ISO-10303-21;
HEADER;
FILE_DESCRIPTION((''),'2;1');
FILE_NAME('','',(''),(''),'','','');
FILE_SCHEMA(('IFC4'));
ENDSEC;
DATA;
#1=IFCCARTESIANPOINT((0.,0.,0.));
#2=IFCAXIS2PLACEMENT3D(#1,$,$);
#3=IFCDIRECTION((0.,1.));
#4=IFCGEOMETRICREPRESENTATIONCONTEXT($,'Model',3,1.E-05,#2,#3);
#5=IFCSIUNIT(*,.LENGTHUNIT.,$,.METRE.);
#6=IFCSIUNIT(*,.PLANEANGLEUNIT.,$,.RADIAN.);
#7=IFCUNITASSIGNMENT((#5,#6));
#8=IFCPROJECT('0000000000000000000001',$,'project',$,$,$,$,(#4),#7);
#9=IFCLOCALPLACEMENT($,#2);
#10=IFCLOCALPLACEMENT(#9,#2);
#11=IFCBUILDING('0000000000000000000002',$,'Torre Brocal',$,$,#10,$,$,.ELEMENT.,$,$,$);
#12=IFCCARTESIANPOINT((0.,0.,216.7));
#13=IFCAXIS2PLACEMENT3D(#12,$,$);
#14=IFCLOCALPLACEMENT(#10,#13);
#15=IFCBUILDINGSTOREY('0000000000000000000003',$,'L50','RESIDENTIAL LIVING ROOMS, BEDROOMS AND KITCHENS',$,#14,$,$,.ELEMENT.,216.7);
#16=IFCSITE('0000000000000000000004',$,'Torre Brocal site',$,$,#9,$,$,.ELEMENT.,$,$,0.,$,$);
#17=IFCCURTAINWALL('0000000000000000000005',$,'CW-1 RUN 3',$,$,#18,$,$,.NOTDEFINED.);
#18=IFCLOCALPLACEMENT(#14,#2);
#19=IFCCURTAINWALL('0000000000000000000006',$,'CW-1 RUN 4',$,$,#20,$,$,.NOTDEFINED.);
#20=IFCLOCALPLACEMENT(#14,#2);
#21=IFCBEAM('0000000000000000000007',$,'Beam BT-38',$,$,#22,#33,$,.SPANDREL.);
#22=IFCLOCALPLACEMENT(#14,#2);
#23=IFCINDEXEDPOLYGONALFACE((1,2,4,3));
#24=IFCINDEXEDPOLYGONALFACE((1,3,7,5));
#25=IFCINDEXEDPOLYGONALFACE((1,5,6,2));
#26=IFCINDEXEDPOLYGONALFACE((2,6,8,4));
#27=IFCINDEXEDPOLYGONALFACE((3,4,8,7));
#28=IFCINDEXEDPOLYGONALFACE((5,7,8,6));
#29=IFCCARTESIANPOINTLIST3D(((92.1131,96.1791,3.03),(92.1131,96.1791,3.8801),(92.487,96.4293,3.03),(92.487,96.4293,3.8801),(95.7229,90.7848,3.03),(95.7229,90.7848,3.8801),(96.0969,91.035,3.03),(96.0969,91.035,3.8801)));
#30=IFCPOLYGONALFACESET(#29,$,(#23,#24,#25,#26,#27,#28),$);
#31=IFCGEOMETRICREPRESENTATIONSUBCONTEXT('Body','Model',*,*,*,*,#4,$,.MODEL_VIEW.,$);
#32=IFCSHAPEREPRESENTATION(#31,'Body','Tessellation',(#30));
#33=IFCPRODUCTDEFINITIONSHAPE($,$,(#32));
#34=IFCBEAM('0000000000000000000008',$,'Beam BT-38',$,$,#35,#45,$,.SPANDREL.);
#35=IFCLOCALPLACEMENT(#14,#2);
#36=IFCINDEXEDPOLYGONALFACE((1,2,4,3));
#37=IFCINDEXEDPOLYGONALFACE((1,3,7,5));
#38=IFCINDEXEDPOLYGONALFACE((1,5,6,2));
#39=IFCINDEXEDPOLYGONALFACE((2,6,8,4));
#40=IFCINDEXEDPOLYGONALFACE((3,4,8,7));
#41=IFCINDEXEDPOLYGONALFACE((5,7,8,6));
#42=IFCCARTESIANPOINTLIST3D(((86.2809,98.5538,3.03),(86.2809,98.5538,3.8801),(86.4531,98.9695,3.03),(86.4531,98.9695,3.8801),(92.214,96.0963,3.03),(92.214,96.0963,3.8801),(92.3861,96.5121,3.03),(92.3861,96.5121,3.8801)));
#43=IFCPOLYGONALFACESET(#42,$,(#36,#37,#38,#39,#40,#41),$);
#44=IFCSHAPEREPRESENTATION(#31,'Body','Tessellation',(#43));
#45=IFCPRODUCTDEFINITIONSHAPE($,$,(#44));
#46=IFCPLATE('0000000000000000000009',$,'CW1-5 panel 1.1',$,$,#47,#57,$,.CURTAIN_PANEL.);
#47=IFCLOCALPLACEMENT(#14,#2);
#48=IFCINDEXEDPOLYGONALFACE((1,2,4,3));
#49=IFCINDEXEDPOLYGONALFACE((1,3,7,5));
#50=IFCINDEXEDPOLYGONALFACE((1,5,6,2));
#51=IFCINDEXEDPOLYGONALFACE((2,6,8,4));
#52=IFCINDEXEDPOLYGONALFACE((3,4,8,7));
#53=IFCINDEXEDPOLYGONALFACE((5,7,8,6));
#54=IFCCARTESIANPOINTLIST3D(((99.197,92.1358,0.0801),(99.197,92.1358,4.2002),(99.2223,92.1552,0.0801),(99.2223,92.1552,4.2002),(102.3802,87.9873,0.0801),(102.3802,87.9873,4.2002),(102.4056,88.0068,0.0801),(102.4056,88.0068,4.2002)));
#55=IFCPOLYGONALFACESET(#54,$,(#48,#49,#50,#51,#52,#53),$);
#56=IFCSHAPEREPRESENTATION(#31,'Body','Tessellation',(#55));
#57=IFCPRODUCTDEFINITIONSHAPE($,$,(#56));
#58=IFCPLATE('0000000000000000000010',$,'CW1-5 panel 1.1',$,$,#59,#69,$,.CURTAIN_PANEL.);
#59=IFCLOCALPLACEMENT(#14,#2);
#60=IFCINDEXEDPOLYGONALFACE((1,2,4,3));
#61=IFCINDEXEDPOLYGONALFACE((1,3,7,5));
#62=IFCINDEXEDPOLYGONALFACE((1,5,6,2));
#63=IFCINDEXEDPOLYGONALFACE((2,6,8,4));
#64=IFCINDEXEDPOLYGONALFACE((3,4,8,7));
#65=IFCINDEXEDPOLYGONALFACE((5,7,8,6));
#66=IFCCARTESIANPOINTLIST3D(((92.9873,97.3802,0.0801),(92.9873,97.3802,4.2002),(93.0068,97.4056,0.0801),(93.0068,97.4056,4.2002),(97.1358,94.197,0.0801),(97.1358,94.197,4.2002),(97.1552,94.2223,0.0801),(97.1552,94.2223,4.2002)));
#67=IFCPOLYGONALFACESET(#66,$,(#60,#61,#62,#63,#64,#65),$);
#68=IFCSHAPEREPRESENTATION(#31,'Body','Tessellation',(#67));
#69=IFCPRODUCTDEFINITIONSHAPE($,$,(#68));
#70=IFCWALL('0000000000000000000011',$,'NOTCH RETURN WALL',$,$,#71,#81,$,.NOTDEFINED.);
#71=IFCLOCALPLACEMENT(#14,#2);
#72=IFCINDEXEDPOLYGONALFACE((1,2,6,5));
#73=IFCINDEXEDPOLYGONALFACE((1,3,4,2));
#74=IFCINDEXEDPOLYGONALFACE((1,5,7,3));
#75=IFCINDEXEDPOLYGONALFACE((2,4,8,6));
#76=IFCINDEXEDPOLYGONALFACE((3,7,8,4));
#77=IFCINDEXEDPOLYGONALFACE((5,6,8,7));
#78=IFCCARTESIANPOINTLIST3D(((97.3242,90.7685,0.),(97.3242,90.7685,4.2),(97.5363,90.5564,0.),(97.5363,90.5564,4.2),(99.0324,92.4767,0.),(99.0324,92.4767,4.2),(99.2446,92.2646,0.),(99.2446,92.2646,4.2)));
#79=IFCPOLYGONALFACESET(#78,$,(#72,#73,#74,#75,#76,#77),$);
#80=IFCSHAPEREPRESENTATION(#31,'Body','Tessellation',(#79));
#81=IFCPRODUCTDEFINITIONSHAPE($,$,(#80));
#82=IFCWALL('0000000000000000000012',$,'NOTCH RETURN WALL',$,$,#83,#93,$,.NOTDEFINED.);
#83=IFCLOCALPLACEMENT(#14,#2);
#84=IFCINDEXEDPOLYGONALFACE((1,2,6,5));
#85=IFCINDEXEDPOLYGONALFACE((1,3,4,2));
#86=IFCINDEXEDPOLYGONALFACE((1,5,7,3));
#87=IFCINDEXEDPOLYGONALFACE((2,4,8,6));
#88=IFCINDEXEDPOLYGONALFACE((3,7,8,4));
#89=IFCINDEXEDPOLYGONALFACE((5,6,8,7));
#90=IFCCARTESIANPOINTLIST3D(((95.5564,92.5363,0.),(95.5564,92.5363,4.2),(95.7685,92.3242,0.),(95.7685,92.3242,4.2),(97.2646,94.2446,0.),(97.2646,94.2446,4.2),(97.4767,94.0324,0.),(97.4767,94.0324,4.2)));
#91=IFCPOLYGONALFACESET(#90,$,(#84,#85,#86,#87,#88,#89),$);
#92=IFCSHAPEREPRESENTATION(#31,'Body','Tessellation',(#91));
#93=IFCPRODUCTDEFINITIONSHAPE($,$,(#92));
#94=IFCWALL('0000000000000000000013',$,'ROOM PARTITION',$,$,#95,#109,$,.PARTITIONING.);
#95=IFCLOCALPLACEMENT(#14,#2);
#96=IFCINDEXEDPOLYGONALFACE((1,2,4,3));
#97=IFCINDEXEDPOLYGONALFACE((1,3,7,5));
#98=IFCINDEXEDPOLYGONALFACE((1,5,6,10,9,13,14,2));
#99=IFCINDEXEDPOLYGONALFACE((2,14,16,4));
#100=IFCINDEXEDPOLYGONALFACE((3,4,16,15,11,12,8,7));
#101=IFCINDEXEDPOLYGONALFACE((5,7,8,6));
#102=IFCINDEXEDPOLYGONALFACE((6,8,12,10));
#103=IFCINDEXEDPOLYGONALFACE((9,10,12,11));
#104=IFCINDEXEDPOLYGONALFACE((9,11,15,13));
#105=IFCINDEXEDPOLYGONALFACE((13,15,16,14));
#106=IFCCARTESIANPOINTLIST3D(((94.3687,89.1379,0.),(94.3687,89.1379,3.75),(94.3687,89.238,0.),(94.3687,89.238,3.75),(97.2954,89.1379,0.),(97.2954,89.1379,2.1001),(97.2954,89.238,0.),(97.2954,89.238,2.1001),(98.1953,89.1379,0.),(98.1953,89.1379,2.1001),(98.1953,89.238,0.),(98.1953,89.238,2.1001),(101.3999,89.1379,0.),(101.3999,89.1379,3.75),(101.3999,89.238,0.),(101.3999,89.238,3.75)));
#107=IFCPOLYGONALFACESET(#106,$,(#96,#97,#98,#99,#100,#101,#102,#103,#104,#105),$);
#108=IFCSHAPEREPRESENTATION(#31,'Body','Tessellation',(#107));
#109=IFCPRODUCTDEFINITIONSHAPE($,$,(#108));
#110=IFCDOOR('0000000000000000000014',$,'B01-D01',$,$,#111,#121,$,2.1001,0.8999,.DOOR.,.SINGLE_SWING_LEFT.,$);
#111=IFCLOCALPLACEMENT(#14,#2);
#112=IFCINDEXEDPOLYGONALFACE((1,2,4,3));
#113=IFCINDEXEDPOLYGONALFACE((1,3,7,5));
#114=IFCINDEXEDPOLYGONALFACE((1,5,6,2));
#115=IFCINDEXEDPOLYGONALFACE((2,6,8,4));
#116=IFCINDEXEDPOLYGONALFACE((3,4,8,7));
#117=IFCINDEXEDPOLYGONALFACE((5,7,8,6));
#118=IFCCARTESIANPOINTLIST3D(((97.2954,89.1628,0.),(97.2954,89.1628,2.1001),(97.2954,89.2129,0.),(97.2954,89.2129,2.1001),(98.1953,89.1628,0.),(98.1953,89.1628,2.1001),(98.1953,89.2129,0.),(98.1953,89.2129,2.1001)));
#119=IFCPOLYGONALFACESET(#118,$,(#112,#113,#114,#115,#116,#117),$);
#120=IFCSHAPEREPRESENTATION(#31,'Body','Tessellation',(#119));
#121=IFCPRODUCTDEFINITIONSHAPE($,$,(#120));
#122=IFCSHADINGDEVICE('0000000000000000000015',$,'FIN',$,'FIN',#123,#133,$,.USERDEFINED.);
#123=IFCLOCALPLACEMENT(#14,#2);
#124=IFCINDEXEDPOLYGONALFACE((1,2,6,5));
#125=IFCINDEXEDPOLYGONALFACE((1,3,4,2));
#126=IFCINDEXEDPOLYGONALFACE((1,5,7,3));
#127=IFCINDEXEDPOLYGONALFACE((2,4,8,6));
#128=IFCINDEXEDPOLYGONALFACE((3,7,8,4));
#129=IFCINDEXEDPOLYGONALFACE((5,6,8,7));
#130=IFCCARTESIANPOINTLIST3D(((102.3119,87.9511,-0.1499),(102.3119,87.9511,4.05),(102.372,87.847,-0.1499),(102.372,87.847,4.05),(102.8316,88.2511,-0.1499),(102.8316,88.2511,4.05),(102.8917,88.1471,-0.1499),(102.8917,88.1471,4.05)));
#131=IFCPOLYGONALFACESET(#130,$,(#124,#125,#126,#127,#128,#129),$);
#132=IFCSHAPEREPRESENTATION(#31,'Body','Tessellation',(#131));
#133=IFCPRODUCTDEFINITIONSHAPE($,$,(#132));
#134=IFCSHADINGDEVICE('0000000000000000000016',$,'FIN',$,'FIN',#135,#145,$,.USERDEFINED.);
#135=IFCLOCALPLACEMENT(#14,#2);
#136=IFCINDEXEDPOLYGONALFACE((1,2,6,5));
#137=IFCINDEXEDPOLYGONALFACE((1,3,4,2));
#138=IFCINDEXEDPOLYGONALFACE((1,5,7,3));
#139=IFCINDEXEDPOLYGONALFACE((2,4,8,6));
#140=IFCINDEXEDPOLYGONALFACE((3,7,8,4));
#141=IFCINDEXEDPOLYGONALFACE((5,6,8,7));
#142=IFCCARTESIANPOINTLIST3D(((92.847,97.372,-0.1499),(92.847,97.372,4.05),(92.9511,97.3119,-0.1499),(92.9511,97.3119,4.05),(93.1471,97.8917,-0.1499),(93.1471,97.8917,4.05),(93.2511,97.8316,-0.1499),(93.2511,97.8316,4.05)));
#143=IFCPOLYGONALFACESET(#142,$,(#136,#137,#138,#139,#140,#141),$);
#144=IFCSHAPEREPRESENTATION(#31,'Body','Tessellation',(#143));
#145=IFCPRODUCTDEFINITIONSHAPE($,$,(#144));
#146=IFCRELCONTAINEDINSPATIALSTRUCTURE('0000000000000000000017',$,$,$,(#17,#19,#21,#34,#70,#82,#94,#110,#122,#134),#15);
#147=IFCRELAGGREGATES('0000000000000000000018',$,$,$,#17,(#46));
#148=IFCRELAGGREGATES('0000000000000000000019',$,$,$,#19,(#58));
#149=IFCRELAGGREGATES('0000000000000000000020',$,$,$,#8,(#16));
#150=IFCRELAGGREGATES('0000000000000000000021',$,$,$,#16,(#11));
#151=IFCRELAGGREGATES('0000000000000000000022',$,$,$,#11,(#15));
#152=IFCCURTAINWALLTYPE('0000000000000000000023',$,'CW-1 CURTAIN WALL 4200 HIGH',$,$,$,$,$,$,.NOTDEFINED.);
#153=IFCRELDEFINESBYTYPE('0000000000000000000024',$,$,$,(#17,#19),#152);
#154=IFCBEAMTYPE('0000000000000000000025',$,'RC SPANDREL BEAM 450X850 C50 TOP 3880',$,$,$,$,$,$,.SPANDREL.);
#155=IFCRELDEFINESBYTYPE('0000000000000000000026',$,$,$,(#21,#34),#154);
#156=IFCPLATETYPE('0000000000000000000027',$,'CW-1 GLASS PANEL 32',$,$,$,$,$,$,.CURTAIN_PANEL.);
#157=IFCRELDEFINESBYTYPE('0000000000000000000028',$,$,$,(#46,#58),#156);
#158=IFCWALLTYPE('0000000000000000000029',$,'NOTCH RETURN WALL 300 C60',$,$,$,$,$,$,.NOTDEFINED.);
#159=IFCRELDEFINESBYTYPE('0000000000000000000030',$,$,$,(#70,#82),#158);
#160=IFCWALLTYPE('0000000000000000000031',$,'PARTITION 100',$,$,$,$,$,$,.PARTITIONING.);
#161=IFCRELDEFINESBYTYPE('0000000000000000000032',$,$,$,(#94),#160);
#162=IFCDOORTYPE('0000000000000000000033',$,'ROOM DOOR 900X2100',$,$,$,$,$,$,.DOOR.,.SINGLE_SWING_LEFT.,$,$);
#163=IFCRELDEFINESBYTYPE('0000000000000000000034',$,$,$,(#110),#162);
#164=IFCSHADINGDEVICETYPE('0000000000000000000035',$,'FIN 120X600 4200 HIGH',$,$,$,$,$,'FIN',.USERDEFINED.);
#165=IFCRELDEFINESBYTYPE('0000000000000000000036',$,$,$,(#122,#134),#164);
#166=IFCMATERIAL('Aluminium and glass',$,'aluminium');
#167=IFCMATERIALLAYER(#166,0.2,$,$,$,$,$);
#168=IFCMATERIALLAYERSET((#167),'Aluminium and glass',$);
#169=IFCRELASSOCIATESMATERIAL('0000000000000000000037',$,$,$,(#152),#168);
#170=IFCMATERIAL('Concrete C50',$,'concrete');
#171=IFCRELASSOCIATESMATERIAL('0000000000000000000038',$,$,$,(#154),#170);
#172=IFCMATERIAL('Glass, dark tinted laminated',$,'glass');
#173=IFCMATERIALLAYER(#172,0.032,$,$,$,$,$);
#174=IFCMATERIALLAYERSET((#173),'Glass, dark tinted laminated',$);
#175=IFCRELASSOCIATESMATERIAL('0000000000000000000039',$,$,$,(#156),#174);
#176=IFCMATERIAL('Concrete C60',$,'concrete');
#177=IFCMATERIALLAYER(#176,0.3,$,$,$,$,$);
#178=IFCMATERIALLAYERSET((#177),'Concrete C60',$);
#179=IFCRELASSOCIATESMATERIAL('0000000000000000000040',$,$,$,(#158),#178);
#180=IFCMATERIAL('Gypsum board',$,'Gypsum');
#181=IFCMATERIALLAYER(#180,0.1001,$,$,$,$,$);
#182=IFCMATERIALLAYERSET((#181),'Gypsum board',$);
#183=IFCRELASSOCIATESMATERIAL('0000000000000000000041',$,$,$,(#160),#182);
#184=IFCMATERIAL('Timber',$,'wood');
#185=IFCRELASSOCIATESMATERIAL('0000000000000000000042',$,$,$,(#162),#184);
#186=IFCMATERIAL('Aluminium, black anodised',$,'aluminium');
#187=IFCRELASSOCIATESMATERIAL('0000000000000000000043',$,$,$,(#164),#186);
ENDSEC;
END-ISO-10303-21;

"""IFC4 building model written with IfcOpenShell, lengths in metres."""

from ifc_helpers import new_model, si_unit, direction, frame, frame_2d, origin, origin_2d, place, context, subcontext, project, spatial, rectangle, extrude, material, layer, layer_set, material_profile, profile_set, type_object, element, fill, aggregate, save


model = new_model("IFC4")

# Units and contexts
model_context = context("Model", 3, precision=1e-05, world=origin(), true_north=direction((0.0, 1.0)))
body_context = subcontext(model_context, "Body", "Model", "MODEL_VIEW")
ifc_project = project(units=[si_unit("LENGTHUNIT", "METRE"), si_unit("PLANEANGLEUNIT", "RADIAN")], contexts=[model_context])

# Site, building, storey
site_placement = place(None, origin())
site = spatial("IfcSite", under=ifc_project, at=site_placement, Name="Torre Brocal site", CompositionType="ELEMENT", RefElevation=0.0)
building_placement = place(site_placement, origin())
building = spatial("IfcBuilding", under=site, at=building_placement, Name="Torre Brocal", CompositionType="ELEMENT")
storey_placement = place(building_placement, frame((0.0, 0.0, 216.7)))
storey = spatial("IfcBuildingStorey", under=building, at=storey_placement, Name="L50", Description="RESIDENTIAL LIVING ROOMS, BEDROOMS AND KITCHENS", CompositionType="ELEMENT", Elevation=216.7)

# Shared definitions
ifc_material_1 = material(Name="Aluminium and glass", Category="aluminium")
ifc_layer_1 = layer(ifc_material_1, 0.2)
ifc_layer_set_1 = layer_set([ifc_layer_1], Name="Aluminium and glass")
curtain_wall_type = type_object("IfcCurtainWallType", Name="CW-1 CURTAIN WALL 4200 HIGH", PredefinedType="NOTDEFINED", material=ifc_layer_set_1)

# Curtain walls
curtain_wall_1_placement = place(storey_placement, origin())
curtain_wall_1 = element("IfcCurtainWall", 1, at=curtain_wall_1_placement, inside=storey, type_object=curtain_wall_type, Name="CW-1 RUN 3", PredefinedType="NOTDEFINED")
curtain_wall_2_placement = place(storey_placement, origin())
curtain_wall_2 = element("IfcCurtainWall", 2, at=curtain_wall_2_placement, inside=storey, type_object=curtain_wall_type, Name="CW-1 RUN 4", PredefinedType="NOTDEFINED")

# Beams
ifc_material_2 = material(Name="Concrete C50", Category="concrete")
ifc_material_profile_1 = material_profile(ifc_material_2, rectangle(XDim=0.45, YDim=0.8501, at=origin_2d()), Name="RC 450X850")
ifc_profile_set_1 = profile_set([ifc_material_profile_1], Name="Concrete C50")
beam_type_1 = type_object("IfcBeamType", Name="RC SPANDREL BEAM 450X850 C50 TOP 3880", PredefinedType="SPANDREL", material=ifc_profile_set_1)
beam_1_placement = place(storey_placement, frame((95.9099, 90.9099, 3.4551), z_axis=(-0.556158, 0.831077, 0.0), x_axis=(-0.831077, -0.556158, 0.0)))
element("IfcBeam", 3, at=beam_1_placement, inside=storey, type_object=beam_type_1, Name="Beam BT-38", PredefinedType="SPANDREL", context=body_context, shape_type="SweptSolid", body=[
    extrude(rectangle(XDim=0.45, YDim=0.8501, at=origin_2d()), origin(), (0.0, 0.0, 1.0), 6.4907),
])
beam_2_placement = place(storey_placement, frame((92.3, 96.3042, 3.4551), z_axis=(-0.923882, 0.382676, 0.0), x_axis=(-0.382676, -0.923882, 0.0)))
element("IfcBeam", 4, at=beam_2_placement, inside=storey, type_object=beam_type_1, Name="Beam BT-38", PredefinedType="SPANDREL", context=body_context, shape_type="SweptSolid", body=[
    extrude(rectangle(XDim=0.45, YDim=0.8501, at=origin_2d()), origin(), (0.0, 0.0, 1.0), 6.4219),
])

# Plates
ifc_material_3 = material(Name="Glass, dark tinted laminated", Category="glass")
ifc_layer_2 = layer(ifc_material_3, 0.032)
ifc_layer_set_2 = layer_set([ifc_layer_2], Name="Glass, dark tinted laminated")
plate_type = type_object("IfcPlateType", Name="CW-1 GLASS PANEL 32", PredefinedType="CURTAIN_PANEL", material=ifc_layer_set_2)
plate_1_placement = place(storey_placement, frame((100.8013, 90.0713, 0.0801), z_axis=(0.0, 0.0, 1.0), x_axis=(-0.608761, 0.793353, 0.0)))
plate_1 = element("IfcPlate", 5, at=plate_1_placement, type_object=plate_type, Name="CW1-5 panel 1.1", PredefinedType="CURTAIN_PANEL", context=body_context, shape_type="SweptSolid", body=[
    extrude(rectangle(XDim=5.229, YDim=0.032, at=origin_2d()), origin(), (0.0, 0.0, 1.0), 4.1201),
])
aggregate(curtain_wall_1, [plate_1])
plate_2_placement = place(storey_placement, frame((95.0713, 95.8013, 0.0801), z_axis=(0.0, 0.0, 1.0), x_axis=(-0.793353, 0.608761, 0.0)))
plate_2 = element("IfcPlate", 6, at=plate_2_placement, type_object=plate_type, Name="CW1-5 panel 1.1", PredefinedType="CURTAIN_PANEL", context=body_context, shape_type="SweptSolid", body=[
    extrude(rectangle(XDim=5.229, YDim=0.032, at=origin_2d()), origin(), (0.0, 0.0, 1.0), 4.1201),
])
aggregate(curtain_wall_2, [plate_2])

# Walls
ifc_material_4 = material(Name="Concrete C60", Category="concrete")
ifc_layer_3 = layer(ifc_material_4, 0.3)
ifc_layer_set_3 = layer_set([ifc_layer_3], Name="Concrete C60")
wall_type_1 = type_object("IfcWallType", Name="NOTCH RETURN WALL 300 C60", PredefinedType="NOTDEFINED", material=ifc_layer_set_3)
for number, where, z_axis, x_axis, name in (
    (7, (97.4302, 90.6624, 0.0), (0.0, 0.0, 1.0), (0.707107, 0.707107, 0.0), "NOTCH RETURN WALL"),
    (8, (95.6624, 92.4302, 0.0), (0.0, 0.0, 1.0), (0.707107, 0.707107, 0.0), "NOTCH RETURN WALL"),
):
    element("IfcWall", number, at=place(storey_placement, frame(where, z_axis=z_axis, x_axis=x_axis)), inside=storey, type_object=wall_type_1, Name=name, PredefinedType="NOTDEFINED", context=body_context, shape_type="SweptSolid", body=[
        extrude(rectangle(XDim=2.4158, YDim=0.3, at=frame_2d((1.208, 0.0))), origin(), (0.0, 0.0, 1.0), 4.2),
    ])

# Wall, opening, door
ifc_material_5 = material(Name="Gypsum board", Category="Gypsum")
ifc_layer_4 = layer(ifc_material_5, 0.1001)
ifc_layer_set_4 = layer_set([ifc_layer_4], Name="Gypsum board")
wall_type_2 = type_object("IfcWallType", Name="PARTITION 100", PredefinedType="PARTITIONING", material=ifc_layer_set_4)
wall_placement = place(storey_placement, frame((94.3687, 89.188, 0.0), z_axis=(0.0, 0.0, 1.0), x_axis=(1.0, 0.0, 0.0)))
wall = element("IfcWall", 9, at=wall_placement, inside=storey, type_object=wall_type_2, Name="ROOM PARTITION", PredefinedType="PARTITIONING", context=body_context, shape_type="SweptSolid", body=[
    extrude(rectangle(XDim=7.0312, YDim=0.1001, at=frame_2d((3.5156, 0.0))), origin(), (0.0, 0.0, 1.0), 3.75),
])
opening_placement = place(wall_placement, frame((2.9268, 0.0, 0.0)))
opening = element("IfcOpeningElement", 10, at=opening_placement, cuts=wall, PredefinedType="OPENING", context=body_context, shape_type="SweptSolid", body=[
    extrude(rectangle(XDim=0.8999, YDim=2.1001, at=frame_2d((0.45, 1.05))), frame((0.0, 0.0601, 0.0), z_axis=(0.0, -1.0, 0.0), x_axis=(1.0, 0.0, 0.0)), (0.0, 0.0, 1.0), 0.1201),
])
ifc_material_6 = material(Name="Timber", Category="wood")
door_type = type_object("IfcDoorType", Name="ROOM DOOR 900X2100", OperationType="SINGLE_SWING_LEFT", PredefinedType="DOOR", material=ifc_material_6)
door_placement = place(opening_placement, origin())
door = element("IfcDoor", 11, at=door_placement, inside=storey, type_object=door_type, Name="B01-D01", OperationType="SINGLE_SWING_LEFT", OverallHeight=2.1001, OverallWidth=0.8999, PredefinedType="DOOR", context=body_context, shape_type="SweptSolid", body=[
    extrude(rectangle(XDim=0.8999, YDim=2.1001, at=frame_2d((0.45, 1.05))), frame((0.0, 0.0249, 0.0), z_axis=(0.0, -1.0, 0.0), x_axis=(1.0, 0.0, 0.0)), (0.0, 0.0, 1.0), 0.05),
])
fill(opening, door)

# Shading devices
ifc_material_7 = material(Name="Aluminium, black anodised", Category="aluminium")
ifc_material_profile_2 = material_profile(ifc_material_7, rectangle(XDim=0.1201, YDim=0.6001, at=origin_2d()), Name="FIN 120X600 4200 HIGH")
ifc_profile_set_2 = profile_set([ifc_material_profile_2], Name="Aluminium, black anodised")
shading_device_type = type_object("IfcShadingDeviceType", Name="FIN 120X600 4200 HIGH", ElementType="FIN", PredefinedType="USERDEFINED", material=ifc_profile_set_2)
for number, where, z_axis, x_axis, name in (
    (12, (102.6018, 88.0491, -0.1499), (0.0, 0.0, 1.0), (-0.5, 0.866025, 0.0), "FIN"),
    (13, (93.0491, 97.6018, -0.1499), (0.0, 0.0, 1.0), (-0.866025, 0.5, 0.0), "FIN"),
):
    element("IfcShadingDevice", number, at=place(storey_placement, frame(where, z_axis=z_axis, x_axis=x_axis)), inside=storey, type_object=shading_device_type, Name=name, ObjectType="FIN", PredefinedType="USERDEFINED", context=body_context, shape_type="SweptSolid", body=[
        extrude(rectangle(XDim=0.1201, YDim=0.6001, at=origin_2d()), origin(), (0.0, 0.0, 1.0), 4.2),
    ])

save(model, "model.ifc")
